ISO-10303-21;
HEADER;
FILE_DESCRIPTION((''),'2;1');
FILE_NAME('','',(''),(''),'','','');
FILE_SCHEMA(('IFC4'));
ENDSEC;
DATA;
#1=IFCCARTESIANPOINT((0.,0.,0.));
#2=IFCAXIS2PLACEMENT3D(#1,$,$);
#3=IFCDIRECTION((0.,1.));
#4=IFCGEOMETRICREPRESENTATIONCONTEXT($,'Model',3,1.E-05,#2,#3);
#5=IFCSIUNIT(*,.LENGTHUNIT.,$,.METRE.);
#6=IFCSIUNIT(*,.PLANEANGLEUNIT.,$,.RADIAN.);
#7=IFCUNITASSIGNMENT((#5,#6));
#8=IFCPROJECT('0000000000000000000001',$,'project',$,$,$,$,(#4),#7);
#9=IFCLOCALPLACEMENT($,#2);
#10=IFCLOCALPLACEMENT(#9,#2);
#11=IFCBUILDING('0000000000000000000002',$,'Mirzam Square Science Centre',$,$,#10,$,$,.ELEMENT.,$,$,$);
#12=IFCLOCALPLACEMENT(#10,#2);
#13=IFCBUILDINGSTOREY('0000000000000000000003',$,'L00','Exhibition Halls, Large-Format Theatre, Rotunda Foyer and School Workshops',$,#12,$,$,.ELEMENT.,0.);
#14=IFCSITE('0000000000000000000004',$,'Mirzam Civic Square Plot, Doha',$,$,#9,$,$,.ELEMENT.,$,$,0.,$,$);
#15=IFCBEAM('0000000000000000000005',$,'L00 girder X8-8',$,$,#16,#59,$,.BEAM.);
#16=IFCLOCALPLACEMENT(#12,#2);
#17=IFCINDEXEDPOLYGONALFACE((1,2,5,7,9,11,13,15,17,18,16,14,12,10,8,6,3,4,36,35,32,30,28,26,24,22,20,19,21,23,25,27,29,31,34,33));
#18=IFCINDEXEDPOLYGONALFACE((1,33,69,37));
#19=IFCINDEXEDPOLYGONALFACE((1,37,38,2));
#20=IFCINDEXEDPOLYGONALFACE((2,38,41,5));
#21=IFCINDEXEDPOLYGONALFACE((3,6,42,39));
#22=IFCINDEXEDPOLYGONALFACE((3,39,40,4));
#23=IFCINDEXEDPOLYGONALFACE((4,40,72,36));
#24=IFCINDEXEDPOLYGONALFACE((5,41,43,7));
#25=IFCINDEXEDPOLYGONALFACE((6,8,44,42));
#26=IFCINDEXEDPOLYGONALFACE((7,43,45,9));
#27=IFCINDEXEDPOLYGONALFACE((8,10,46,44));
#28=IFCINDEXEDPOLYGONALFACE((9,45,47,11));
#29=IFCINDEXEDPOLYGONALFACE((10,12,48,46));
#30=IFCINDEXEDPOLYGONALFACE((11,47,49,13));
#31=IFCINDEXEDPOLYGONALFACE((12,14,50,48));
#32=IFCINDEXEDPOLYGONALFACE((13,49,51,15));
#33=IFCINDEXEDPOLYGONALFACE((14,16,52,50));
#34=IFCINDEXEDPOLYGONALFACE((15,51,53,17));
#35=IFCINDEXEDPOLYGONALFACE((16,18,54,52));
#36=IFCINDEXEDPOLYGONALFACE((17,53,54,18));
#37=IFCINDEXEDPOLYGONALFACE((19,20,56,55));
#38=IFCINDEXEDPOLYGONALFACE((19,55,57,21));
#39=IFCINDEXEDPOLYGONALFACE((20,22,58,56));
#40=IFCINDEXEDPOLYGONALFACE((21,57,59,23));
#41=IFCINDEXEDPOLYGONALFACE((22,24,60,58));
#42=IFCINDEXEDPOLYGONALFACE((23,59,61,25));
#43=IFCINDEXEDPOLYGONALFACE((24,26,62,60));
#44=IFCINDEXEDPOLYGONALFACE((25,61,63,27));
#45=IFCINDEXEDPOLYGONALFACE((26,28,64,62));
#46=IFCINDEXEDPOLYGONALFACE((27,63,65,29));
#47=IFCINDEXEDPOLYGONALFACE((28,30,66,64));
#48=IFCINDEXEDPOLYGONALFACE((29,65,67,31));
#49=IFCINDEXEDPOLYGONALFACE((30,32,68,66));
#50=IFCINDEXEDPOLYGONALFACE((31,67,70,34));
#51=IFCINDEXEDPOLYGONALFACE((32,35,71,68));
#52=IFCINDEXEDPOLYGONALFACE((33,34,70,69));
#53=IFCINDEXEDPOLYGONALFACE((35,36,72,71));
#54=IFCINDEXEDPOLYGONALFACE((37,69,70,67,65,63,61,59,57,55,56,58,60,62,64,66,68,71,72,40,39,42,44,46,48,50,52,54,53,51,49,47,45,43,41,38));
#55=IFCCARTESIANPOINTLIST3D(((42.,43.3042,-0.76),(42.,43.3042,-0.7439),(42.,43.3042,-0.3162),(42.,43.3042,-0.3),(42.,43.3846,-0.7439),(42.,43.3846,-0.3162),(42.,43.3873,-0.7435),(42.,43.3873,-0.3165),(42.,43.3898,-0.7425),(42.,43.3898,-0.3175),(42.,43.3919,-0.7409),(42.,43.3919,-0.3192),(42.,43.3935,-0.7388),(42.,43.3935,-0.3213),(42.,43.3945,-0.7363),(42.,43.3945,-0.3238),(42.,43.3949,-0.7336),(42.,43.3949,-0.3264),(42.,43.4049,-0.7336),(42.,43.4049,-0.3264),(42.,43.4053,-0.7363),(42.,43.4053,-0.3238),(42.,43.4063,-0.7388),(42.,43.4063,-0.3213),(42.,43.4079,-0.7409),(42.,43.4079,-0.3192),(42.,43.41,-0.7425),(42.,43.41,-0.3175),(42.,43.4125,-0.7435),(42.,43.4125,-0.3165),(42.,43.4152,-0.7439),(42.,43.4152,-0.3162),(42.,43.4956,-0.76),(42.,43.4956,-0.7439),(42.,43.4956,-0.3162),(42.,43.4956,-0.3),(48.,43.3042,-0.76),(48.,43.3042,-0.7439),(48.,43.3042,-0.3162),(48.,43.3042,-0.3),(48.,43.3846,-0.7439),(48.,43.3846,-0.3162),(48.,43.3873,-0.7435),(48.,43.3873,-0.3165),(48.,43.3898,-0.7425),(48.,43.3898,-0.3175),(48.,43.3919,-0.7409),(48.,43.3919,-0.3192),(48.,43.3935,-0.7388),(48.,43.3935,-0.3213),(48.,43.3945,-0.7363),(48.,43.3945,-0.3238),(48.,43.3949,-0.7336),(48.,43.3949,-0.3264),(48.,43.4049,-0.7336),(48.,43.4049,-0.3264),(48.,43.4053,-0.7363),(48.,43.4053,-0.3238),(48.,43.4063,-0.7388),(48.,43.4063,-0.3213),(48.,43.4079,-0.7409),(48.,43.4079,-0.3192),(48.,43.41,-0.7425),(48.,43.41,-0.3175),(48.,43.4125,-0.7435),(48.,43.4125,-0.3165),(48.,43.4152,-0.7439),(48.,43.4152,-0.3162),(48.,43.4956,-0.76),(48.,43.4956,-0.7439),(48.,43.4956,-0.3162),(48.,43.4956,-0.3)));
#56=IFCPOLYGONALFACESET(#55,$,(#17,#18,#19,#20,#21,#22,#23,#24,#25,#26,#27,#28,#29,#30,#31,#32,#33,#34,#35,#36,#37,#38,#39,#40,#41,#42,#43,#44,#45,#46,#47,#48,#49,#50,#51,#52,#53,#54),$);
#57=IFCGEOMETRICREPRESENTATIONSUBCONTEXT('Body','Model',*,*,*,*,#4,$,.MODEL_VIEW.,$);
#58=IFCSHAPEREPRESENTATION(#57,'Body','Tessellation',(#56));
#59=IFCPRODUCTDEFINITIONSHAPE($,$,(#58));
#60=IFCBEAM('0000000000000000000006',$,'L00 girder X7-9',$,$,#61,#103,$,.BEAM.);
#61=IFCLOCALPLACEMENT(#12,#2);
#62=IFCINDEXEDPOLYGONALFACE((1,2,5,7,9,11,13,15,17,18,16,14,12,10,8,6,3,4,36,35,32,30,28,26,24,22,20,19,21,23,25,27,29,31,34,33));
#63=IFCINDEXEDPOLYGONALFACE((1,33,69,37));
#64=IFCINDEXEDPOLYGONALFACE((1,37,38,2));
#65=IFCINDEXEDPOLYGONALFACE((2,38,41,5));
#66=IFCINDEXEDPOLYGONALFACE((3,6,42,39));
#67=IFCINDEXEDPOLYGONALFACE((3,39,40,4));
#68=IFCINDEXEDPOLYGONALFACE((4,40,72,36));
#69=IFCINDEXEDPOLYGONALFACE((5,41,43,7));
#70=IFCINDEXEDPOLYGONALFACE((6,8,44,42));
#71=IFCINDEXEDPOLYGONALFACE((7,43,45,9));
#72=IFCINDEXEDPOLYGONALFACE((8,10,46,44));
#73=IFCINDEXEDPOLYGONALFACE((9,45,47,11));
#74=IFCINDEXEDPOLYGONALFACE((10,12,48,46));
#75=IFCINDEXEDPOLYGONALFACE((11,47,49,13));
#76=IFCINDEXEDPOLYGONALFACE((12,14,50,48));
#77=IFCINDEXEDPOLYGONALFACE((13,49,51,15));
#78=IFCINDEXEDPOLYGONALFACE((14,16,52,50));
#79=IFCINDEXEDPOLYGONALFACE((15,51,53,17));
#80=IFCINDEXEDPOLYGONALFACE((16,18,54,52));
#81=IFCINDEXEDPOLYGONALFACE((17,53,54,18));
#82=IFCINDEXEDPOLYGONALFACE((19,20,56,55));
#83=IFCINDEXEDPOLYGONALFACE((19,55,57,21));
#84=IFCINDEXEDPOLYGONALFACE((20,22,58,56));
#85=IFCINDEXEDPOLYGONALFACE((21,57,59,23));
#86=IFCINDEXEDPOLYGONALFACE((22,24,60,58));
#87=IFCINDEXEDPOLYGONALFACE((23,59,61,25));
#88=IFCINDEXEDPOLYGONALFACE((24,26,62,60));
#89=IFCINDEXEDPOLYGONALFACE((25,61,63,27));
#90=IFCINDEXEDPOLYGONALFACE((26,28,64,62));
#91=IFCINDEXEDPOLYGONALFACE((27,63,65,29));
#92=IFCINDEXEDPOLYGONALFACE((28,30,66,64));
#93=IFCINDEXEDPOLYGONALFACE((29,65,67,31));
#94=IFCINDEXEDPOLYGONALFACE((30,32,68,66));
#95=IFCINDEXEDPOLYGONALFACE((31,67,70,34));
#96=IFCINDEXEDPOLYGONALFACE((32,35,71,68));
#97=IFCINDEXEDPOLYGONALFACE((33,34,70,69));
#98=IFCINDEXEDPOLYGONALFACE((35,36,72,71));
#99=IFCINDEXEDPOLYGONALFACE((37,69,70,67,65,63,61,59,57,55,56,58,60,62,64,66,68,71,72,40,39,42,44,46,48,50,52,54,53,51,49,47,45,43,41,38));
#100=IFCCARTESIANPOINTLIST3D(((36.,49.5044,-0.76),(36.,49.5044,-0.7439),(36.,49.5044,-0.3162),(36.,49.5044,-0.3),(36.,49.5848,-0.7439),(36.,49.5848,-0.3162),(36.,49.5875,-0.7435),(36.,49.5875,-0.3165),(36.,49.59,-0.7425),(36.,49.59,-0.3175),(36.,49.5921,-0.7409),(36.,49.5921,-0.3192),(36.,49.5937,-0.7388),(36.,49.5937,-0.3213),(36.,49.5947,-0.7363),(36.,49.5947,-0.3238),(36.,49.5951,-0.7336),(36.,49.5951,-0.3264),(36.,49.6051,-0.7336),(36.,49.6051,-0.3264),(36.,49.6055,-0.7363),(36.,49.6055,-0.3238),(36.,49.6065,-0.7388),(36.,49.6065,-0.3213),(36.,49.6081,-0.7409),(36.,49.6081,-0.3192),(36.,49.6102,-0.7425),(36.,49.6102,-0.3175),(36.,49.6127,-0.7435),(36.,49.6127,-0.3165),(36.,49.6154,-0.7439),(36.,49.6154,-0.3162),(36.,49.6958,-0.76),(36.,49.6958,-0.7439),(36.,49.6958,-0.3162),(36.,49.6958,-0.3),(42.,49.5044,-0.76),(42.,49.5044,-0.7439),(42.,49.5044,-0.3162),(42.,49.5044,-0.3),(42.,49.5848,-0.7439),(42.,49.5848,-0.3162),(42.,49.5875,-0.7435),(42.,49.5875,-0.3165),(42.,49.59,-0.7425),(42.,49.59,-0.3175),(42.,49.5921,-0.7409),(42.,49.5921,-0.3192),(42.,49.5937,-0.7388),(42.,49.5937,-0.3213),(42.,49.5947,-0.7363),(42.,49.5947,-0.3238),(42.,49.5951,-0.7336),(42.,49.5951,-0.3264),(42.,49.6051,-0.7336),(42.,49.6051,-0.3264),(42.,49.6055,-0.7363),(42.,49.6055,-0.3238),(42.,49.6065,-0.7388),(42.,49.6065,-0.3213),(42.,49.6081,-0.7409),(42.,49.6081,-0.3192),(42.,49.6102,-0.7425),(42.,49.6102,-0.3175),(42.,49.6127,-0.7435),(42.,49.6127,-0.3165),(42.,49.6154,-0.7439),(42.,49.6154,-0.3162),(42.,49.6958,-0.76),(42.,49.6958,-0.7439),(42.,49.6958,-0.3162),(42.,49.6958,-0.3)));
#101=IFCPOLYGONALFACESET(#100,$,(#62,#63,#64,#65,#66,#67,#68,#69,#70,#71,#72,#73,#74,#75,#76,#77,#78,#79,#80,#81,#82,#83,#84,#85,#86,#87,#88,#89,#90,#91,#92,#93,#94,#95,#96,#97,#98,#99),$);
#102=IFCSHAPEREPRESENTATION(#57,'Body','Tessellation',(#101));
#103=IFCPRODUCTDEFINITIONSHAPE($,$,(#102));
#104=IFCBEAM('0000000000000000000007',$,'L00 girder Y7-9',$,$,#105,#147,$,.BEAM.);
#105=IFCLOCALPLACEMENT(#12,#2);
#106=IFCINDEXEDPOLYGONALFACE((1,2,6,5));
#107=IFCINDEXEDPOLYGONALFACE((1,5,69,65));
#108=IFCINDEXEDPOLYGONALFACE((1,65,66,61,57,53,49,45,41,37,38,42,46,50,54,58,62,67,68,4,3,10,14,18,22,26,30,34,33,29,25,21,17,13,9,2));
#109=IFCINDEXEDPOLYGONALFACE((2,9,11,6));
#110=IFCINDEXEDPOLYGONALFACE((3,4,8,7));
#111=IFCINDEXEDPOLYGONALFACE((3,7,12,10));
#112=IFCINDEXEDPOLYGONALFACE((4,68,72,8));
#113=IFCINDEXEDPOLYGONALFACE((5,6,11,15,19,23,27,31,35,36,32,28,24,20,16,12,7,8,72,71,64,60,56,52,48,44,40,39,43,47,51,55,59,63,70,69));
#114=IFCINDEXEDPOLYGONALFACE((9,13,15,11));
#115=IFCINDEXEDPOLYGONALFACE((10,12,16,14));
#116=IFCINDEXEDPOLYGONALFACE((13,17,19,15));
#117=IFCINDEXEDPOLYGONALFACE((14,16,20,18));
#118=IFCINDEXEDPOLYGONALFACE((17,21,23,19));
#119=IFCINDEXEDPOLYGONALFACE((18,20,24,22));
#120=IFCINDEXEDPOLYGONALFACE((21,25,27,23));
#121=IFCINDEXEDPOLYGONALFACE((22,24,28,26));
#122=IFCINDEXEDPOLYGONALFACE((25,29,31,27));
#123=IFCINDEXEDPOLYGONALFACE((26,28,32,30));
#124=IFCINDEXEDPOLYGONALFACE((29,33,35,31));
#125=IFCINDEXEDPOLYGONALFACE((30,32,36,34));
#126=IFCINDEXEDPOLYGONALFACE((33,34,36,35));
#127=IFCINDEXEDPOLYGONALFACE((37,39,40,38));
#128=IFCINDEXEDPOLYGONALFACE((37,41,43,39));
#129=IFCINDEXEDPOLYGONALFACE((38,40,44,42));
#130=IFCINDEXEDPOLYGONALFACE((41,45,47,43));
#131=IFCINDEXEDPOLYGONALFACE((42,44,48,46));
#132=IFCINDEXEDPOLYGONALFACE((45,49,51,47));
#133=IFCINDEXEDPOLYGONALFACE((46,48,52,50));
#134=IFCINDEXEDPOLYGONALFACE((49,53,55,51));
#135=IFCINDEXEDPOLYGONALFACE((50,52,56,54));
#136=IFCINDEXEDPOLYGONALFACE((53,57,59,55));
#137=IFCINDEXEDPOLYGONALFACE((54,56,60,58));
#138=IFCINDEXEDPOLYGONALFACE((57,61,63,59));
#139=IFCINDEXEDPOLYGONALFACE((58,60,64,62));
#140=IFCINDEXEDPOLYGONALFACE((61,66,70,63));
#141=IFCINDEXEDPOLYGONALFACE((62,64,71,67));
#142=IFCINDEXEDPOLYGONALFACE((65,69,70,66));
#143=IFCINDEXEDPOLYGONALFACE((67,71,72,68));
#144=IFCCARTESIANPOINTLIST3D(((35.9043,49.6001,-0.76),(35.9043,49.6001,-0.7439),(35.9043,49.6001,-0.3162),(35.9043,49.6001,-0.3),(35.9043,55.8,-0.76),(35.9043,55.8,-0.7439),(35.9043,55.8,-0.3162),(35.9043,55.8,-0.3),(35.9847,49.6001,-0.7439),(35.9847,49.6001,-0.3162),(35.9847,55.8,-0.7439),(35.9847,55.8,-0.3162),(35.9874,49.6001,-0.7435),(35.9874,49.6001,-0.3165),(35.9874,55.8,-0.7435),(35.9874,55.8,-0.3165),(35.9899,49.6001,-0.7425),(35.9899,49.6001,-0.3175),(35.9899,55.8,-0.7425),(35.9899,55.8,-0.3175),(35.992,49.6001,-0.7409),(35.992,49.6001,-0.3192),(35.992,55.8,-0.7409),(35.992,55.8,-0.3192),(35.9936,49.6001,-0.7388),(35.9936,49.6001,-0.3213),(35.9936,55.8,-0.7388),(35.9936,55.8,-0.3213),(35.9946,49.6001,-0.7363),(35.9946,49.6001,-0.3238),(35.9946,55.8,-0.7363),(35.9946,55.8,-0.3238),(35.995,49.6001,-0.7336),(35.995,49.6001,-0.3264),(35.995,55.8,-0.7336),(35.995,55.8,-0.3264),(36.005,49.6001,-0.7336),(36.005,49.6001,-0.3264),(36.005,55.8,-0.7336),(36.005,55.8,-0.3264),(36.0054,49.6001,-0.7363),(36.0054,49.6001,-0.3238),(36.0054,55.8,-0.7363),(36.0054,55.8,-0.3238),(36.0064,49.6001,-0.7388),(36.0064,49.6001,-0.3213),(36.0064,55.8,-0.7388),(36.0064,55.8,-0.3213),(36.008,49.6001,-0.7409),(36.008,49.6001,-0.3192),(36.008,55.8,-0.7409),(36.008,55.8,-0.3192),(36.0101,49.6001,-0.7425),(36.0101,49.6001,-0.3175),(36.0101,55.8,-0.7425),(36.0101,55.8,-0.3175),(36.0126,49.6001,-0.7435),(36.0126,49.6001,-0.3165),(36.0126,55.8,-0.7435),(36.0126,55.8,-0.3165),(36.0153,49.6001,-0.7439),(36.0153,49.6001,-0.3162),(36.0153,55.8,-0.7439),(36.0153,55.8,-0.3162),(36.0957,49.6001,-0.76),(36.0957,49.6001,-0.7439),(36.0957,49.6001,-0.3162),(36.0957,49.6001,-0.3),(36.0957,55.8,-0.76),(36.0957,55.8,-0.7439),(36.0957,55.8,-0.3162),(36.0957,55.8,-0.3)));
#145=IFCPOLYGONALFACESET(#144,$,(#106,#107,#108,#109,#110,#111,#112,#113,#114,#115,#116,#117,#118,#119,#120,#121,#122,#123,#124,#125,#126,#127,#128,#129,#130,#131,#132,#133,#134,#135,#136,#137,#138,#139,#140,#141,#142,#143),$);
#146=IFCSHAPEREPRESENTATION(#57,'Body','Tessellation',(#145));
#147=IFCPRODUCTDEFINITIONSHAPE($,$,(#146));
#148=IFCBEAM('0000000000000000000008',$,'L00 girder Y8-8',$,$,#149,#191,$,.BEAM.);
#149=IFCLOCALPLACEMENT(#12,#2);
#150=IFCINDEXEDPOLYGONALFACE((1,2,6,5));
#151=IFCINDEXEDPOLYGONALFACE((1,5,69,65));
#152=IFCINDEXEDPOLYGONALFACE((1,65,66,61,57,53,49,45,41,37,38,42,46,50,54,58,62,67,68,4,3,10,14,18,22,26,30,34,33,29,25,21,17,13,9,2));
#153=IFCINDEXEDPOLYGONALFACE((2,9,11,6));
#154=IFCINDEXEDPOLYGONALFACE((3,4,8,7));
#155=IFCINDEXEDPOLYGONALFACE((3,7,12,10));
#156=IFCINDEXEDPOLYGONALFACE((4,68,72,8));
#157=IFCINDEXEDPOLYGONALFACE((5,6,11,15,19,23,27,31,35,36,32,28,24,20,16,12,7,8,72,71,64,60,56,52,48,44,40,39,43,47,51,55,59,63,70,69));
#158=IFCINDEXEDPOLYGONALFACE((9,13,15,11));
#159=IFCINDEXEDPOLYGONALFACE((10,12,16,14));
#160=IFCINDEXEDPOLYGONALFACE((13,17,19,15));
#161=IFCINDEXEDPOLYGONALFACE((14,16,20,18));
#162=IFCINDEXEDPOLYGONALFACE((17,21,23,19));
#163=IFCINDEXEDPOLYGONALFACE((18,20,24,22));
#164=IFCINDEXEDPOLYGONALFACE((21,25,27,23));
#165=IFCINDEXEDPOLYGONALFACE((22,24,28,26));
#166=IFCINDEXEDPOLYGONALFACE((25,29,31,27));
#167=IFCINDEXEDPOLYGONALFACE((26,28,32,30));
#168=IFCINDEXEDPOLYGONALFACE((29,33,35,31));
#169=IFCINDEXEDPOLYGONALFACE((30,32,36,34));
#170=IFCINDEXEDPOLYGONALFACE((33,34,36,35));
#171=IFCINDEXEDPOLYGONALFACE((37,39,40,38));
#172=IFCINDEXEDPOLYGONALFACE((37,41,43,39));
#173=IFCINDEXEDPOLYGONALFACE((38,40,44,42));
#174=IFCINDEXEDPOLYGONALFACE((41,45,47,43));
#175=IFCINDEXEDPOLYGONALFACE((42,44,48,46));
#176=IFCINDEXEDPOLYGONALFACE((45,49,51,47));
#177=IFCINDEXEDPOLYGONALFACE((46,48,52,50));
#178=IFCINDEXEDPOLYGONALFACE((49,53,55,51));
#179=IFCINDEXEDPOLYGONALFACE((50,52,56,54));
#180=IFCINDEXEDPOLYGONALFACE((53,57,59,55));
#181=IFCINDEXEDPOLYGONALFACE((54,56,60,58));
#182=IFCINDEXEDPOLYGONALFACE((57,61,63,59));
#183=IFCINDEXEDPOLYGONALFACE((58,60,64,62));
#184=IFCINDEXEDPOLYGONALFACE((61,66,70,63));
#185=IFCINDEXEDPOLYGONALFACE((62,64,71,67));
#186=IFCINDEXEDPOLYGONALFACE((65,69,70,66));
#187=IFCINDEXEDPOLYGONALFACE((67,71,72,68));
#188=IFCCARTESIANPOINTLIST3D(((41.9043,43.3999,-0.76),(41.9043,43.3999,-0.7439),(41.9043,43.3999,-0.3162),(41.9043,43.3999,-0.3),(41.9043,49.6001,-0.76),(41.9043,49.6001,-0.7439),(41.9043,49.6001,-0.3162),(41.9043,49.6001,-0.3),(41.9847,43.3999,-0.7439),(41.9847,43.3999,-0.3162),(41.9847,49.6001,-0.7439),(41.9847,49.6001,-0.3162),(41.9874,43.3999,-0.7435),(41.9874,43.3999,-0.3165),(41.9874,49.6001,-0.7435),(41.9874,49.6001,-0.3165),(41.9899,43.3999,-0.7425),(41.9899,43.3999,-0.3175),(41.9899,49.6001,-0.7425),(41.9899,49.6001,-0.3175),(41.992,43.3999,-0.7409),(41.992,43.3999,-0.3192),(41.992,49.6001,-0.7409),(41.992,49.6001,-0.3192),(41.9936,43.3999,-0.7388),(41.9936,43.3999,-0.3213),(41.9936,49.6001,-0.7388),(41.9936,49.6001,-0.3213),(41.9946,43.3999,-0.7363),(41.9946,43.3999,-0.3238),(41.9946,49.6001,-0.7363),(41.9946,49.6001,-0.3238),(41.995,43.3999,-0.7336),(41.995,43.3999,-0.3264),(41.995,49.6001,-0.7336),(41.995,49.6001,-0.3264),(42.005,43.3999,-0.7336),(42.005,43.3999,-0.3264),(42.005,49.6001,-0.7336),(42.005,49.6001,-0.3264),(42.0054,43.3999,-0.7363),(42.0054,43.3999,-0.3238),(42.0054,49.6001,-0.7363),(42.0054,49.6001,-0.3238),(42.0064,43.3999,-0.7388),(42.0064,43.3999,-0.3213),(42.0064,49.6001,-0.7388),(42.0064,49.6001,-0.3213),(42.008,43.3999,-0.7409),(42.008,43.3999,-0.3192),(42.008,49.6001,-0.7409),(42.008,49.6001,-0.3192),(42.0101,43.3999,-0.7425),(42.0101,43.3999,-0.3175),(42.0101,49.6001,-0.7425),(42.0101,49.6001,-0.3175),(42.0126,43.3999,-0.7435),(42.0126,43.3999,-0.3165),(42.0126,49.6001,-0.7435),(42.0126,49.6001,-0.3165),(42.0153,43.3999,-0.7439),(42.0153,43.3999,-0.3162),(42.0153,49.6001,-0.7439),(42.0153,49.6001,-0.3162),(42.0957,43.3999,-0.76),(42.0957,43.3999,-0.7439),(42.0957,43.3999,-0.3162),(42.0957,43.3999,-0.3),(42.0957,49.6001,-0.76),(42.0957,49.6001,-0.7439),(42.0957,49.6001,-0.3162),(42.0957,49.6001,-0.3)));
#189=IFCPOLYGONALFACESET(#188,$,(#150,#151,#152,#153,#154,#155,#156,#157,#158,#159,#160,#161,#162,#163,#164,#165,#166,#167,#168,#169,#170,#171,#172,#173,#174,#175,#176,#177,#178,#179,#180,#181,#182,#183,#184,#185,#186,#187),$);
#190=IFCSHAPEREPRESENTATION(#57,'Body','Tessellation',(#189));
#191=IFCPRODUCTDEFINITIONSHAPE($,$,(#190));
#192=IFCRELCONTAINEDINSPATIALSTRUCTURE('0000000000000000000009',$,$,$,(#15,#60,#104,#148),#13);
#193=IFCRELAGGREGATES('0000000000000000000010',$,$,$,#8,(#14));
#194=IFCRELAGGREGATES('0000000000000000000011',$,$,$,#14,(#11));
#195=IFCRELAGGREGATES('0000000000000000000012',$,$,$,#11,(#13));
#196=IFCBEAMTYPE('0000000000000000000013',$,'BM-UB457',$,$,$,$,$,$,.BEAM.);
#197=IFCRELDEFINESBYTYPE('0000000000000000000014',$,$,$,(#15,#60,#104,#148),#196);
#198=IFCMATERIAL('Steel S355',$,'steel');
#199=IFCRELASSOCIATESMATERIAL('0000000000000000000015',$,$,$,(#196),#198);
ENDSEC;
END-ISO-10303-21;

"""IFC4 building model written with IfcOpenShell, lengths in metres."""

from ifc_helpers import new_model, si_unit, direction, frame, origin, origin_2d, place, context, subcontext, project, spatial, i_section, extrude, material, material_profile, profile_set, type_object, element, save


model = new_model("IFC4")

# Units and contexts
model_context = context("Model", 3, precision=1e-05, world=origin(), true_north=direction((0.0, 1.0)))
body_context = subcontext(model_context, "Body", "Model", "MODEL_VIEW")
ifc_project = project(units=[si_unit("LENGTHUNIT", "METRE"), si_unit("PLANEANGLEUNIT", "RADIAN")], contexts=[model_context])

# Site, building, storey
site_placement = place(None, origin())
site = spatial("IfcSite", under=ifc_project, at=site_placement, Name="Mirzam Civic Square Plot, Doha", CompositionType="ELEMENT", RefElevation=0.0)
building_placement = place(site_placement, origin())
building = spatial("IfcBuilding", under=site, at=building_placement, Name="Mirzam Square Science Centre", CompositionType="ELEMENT")
storey_placement = place(building_placement, origin())
storey = spatial("IfcBuildingStorey", under=building, at=storey_placement, Name="L00", Description="Exhibition Halls, Large-Format Theatre, Rotunda Foyer and School Workshops", CompositionType="ELEMENT", Elevation=0.0)

# Shared definitions
ifc_material_1 = material(Name="Steel S355", Category="steel")

# Beams
ifc_material_profile_1 = material_profile(ifc_material_1, i_section(OverallWidth=0.1914, OverallDepth=0.46, WebThickness=0.01, FlangeThickness=0.0161, FilletRadius=0.0103, at=origin_2d()), Name="457x191x82UB")
ifc_profile_set_1 = profile_set([ifc_material_profile_1], Name="Steel S355")
beam_type_1 = type_object("IfcBeamType", Name="BM-UB457", PredefinedType="BEAM", material=ifc_profile_set_1)
for number, where, z_axis, x_axis, name in (
    (1, (42.0, 43.3999, -0.53), (1.0, 0.0, 0.0), (0.0, 1.0, 0.0), "L00 girder X8-8"),
    (2, (36.0, 49.6001, -0.53), (1.0, 0.0, 0.0), (0.0, 1.0, 0.0), "L00 girder X7-9"),
):
    element("IfcBeam", number, at=place(storey_placement, frame(where, z_axis=z_axis, x_axis=x_axis)), inside=storey, type_object=beam_type_1, Name=name, PredefinedType="BEAM", context=body_context, shape_type="SweptSolid", body=[
        extrude(i_section(OverallWidth=0.1914, OverallDepth=0.46, WebThickness=0.01, FlangeThickness=0.0161, FilletRadius=0.0103, at=origin_2d()), origin(), (0.0, 0.0, 1.0), 6.0),
    ])
beam_1_placement = place(storey_placement, frame((36.0, 49.6001, -0.53), z_axis=(0.0, 1.0, 0.0), x_axis=(-1.0, 0.0, 0.0)))
element("IfcBeam", 3, at=beam_1_placement, inside=storey, type_object=beam_type_1, Name="L00 girder Y7-9", PredefinedType="BEAM", context=body_context, shape_type="SweptSolid", body=[
    extrude(i_section(OverallWidth=0.1914, OverallDepth=0.46, WebThickness=0.01, FlangeThickness=0.0161, FilletRadius=0.0103, at=origin_2d()), origin(), (0.0, 0.0, 1.0), 6.2),
])
beam_2_placement = place(storey_placement, frame((42.0, 43.3999, -0.53), z_axis=(0.0, 1.0, 0.0), x_axis=(-1.0, 0.0, 0.0)))
element("IfcBeam", 4, at=beam_2_placement, inside=storey, type_object=beam_type_1, Name="L00 girder Y8-8", PredefinedType="BEAM", context=body_context, shape_type="SweptSolid", body=[
    extrude(i_section(OverallWidth=0.1914, OverallDepth=0.46, WebThickness=0.01, FlangeThickness=0.0161, FilletRadius=0.0103, at=origin_2d()), origin(), (0.0, 0.0, 1.0), 6.2002),
])

save(model, "model.ifc")
